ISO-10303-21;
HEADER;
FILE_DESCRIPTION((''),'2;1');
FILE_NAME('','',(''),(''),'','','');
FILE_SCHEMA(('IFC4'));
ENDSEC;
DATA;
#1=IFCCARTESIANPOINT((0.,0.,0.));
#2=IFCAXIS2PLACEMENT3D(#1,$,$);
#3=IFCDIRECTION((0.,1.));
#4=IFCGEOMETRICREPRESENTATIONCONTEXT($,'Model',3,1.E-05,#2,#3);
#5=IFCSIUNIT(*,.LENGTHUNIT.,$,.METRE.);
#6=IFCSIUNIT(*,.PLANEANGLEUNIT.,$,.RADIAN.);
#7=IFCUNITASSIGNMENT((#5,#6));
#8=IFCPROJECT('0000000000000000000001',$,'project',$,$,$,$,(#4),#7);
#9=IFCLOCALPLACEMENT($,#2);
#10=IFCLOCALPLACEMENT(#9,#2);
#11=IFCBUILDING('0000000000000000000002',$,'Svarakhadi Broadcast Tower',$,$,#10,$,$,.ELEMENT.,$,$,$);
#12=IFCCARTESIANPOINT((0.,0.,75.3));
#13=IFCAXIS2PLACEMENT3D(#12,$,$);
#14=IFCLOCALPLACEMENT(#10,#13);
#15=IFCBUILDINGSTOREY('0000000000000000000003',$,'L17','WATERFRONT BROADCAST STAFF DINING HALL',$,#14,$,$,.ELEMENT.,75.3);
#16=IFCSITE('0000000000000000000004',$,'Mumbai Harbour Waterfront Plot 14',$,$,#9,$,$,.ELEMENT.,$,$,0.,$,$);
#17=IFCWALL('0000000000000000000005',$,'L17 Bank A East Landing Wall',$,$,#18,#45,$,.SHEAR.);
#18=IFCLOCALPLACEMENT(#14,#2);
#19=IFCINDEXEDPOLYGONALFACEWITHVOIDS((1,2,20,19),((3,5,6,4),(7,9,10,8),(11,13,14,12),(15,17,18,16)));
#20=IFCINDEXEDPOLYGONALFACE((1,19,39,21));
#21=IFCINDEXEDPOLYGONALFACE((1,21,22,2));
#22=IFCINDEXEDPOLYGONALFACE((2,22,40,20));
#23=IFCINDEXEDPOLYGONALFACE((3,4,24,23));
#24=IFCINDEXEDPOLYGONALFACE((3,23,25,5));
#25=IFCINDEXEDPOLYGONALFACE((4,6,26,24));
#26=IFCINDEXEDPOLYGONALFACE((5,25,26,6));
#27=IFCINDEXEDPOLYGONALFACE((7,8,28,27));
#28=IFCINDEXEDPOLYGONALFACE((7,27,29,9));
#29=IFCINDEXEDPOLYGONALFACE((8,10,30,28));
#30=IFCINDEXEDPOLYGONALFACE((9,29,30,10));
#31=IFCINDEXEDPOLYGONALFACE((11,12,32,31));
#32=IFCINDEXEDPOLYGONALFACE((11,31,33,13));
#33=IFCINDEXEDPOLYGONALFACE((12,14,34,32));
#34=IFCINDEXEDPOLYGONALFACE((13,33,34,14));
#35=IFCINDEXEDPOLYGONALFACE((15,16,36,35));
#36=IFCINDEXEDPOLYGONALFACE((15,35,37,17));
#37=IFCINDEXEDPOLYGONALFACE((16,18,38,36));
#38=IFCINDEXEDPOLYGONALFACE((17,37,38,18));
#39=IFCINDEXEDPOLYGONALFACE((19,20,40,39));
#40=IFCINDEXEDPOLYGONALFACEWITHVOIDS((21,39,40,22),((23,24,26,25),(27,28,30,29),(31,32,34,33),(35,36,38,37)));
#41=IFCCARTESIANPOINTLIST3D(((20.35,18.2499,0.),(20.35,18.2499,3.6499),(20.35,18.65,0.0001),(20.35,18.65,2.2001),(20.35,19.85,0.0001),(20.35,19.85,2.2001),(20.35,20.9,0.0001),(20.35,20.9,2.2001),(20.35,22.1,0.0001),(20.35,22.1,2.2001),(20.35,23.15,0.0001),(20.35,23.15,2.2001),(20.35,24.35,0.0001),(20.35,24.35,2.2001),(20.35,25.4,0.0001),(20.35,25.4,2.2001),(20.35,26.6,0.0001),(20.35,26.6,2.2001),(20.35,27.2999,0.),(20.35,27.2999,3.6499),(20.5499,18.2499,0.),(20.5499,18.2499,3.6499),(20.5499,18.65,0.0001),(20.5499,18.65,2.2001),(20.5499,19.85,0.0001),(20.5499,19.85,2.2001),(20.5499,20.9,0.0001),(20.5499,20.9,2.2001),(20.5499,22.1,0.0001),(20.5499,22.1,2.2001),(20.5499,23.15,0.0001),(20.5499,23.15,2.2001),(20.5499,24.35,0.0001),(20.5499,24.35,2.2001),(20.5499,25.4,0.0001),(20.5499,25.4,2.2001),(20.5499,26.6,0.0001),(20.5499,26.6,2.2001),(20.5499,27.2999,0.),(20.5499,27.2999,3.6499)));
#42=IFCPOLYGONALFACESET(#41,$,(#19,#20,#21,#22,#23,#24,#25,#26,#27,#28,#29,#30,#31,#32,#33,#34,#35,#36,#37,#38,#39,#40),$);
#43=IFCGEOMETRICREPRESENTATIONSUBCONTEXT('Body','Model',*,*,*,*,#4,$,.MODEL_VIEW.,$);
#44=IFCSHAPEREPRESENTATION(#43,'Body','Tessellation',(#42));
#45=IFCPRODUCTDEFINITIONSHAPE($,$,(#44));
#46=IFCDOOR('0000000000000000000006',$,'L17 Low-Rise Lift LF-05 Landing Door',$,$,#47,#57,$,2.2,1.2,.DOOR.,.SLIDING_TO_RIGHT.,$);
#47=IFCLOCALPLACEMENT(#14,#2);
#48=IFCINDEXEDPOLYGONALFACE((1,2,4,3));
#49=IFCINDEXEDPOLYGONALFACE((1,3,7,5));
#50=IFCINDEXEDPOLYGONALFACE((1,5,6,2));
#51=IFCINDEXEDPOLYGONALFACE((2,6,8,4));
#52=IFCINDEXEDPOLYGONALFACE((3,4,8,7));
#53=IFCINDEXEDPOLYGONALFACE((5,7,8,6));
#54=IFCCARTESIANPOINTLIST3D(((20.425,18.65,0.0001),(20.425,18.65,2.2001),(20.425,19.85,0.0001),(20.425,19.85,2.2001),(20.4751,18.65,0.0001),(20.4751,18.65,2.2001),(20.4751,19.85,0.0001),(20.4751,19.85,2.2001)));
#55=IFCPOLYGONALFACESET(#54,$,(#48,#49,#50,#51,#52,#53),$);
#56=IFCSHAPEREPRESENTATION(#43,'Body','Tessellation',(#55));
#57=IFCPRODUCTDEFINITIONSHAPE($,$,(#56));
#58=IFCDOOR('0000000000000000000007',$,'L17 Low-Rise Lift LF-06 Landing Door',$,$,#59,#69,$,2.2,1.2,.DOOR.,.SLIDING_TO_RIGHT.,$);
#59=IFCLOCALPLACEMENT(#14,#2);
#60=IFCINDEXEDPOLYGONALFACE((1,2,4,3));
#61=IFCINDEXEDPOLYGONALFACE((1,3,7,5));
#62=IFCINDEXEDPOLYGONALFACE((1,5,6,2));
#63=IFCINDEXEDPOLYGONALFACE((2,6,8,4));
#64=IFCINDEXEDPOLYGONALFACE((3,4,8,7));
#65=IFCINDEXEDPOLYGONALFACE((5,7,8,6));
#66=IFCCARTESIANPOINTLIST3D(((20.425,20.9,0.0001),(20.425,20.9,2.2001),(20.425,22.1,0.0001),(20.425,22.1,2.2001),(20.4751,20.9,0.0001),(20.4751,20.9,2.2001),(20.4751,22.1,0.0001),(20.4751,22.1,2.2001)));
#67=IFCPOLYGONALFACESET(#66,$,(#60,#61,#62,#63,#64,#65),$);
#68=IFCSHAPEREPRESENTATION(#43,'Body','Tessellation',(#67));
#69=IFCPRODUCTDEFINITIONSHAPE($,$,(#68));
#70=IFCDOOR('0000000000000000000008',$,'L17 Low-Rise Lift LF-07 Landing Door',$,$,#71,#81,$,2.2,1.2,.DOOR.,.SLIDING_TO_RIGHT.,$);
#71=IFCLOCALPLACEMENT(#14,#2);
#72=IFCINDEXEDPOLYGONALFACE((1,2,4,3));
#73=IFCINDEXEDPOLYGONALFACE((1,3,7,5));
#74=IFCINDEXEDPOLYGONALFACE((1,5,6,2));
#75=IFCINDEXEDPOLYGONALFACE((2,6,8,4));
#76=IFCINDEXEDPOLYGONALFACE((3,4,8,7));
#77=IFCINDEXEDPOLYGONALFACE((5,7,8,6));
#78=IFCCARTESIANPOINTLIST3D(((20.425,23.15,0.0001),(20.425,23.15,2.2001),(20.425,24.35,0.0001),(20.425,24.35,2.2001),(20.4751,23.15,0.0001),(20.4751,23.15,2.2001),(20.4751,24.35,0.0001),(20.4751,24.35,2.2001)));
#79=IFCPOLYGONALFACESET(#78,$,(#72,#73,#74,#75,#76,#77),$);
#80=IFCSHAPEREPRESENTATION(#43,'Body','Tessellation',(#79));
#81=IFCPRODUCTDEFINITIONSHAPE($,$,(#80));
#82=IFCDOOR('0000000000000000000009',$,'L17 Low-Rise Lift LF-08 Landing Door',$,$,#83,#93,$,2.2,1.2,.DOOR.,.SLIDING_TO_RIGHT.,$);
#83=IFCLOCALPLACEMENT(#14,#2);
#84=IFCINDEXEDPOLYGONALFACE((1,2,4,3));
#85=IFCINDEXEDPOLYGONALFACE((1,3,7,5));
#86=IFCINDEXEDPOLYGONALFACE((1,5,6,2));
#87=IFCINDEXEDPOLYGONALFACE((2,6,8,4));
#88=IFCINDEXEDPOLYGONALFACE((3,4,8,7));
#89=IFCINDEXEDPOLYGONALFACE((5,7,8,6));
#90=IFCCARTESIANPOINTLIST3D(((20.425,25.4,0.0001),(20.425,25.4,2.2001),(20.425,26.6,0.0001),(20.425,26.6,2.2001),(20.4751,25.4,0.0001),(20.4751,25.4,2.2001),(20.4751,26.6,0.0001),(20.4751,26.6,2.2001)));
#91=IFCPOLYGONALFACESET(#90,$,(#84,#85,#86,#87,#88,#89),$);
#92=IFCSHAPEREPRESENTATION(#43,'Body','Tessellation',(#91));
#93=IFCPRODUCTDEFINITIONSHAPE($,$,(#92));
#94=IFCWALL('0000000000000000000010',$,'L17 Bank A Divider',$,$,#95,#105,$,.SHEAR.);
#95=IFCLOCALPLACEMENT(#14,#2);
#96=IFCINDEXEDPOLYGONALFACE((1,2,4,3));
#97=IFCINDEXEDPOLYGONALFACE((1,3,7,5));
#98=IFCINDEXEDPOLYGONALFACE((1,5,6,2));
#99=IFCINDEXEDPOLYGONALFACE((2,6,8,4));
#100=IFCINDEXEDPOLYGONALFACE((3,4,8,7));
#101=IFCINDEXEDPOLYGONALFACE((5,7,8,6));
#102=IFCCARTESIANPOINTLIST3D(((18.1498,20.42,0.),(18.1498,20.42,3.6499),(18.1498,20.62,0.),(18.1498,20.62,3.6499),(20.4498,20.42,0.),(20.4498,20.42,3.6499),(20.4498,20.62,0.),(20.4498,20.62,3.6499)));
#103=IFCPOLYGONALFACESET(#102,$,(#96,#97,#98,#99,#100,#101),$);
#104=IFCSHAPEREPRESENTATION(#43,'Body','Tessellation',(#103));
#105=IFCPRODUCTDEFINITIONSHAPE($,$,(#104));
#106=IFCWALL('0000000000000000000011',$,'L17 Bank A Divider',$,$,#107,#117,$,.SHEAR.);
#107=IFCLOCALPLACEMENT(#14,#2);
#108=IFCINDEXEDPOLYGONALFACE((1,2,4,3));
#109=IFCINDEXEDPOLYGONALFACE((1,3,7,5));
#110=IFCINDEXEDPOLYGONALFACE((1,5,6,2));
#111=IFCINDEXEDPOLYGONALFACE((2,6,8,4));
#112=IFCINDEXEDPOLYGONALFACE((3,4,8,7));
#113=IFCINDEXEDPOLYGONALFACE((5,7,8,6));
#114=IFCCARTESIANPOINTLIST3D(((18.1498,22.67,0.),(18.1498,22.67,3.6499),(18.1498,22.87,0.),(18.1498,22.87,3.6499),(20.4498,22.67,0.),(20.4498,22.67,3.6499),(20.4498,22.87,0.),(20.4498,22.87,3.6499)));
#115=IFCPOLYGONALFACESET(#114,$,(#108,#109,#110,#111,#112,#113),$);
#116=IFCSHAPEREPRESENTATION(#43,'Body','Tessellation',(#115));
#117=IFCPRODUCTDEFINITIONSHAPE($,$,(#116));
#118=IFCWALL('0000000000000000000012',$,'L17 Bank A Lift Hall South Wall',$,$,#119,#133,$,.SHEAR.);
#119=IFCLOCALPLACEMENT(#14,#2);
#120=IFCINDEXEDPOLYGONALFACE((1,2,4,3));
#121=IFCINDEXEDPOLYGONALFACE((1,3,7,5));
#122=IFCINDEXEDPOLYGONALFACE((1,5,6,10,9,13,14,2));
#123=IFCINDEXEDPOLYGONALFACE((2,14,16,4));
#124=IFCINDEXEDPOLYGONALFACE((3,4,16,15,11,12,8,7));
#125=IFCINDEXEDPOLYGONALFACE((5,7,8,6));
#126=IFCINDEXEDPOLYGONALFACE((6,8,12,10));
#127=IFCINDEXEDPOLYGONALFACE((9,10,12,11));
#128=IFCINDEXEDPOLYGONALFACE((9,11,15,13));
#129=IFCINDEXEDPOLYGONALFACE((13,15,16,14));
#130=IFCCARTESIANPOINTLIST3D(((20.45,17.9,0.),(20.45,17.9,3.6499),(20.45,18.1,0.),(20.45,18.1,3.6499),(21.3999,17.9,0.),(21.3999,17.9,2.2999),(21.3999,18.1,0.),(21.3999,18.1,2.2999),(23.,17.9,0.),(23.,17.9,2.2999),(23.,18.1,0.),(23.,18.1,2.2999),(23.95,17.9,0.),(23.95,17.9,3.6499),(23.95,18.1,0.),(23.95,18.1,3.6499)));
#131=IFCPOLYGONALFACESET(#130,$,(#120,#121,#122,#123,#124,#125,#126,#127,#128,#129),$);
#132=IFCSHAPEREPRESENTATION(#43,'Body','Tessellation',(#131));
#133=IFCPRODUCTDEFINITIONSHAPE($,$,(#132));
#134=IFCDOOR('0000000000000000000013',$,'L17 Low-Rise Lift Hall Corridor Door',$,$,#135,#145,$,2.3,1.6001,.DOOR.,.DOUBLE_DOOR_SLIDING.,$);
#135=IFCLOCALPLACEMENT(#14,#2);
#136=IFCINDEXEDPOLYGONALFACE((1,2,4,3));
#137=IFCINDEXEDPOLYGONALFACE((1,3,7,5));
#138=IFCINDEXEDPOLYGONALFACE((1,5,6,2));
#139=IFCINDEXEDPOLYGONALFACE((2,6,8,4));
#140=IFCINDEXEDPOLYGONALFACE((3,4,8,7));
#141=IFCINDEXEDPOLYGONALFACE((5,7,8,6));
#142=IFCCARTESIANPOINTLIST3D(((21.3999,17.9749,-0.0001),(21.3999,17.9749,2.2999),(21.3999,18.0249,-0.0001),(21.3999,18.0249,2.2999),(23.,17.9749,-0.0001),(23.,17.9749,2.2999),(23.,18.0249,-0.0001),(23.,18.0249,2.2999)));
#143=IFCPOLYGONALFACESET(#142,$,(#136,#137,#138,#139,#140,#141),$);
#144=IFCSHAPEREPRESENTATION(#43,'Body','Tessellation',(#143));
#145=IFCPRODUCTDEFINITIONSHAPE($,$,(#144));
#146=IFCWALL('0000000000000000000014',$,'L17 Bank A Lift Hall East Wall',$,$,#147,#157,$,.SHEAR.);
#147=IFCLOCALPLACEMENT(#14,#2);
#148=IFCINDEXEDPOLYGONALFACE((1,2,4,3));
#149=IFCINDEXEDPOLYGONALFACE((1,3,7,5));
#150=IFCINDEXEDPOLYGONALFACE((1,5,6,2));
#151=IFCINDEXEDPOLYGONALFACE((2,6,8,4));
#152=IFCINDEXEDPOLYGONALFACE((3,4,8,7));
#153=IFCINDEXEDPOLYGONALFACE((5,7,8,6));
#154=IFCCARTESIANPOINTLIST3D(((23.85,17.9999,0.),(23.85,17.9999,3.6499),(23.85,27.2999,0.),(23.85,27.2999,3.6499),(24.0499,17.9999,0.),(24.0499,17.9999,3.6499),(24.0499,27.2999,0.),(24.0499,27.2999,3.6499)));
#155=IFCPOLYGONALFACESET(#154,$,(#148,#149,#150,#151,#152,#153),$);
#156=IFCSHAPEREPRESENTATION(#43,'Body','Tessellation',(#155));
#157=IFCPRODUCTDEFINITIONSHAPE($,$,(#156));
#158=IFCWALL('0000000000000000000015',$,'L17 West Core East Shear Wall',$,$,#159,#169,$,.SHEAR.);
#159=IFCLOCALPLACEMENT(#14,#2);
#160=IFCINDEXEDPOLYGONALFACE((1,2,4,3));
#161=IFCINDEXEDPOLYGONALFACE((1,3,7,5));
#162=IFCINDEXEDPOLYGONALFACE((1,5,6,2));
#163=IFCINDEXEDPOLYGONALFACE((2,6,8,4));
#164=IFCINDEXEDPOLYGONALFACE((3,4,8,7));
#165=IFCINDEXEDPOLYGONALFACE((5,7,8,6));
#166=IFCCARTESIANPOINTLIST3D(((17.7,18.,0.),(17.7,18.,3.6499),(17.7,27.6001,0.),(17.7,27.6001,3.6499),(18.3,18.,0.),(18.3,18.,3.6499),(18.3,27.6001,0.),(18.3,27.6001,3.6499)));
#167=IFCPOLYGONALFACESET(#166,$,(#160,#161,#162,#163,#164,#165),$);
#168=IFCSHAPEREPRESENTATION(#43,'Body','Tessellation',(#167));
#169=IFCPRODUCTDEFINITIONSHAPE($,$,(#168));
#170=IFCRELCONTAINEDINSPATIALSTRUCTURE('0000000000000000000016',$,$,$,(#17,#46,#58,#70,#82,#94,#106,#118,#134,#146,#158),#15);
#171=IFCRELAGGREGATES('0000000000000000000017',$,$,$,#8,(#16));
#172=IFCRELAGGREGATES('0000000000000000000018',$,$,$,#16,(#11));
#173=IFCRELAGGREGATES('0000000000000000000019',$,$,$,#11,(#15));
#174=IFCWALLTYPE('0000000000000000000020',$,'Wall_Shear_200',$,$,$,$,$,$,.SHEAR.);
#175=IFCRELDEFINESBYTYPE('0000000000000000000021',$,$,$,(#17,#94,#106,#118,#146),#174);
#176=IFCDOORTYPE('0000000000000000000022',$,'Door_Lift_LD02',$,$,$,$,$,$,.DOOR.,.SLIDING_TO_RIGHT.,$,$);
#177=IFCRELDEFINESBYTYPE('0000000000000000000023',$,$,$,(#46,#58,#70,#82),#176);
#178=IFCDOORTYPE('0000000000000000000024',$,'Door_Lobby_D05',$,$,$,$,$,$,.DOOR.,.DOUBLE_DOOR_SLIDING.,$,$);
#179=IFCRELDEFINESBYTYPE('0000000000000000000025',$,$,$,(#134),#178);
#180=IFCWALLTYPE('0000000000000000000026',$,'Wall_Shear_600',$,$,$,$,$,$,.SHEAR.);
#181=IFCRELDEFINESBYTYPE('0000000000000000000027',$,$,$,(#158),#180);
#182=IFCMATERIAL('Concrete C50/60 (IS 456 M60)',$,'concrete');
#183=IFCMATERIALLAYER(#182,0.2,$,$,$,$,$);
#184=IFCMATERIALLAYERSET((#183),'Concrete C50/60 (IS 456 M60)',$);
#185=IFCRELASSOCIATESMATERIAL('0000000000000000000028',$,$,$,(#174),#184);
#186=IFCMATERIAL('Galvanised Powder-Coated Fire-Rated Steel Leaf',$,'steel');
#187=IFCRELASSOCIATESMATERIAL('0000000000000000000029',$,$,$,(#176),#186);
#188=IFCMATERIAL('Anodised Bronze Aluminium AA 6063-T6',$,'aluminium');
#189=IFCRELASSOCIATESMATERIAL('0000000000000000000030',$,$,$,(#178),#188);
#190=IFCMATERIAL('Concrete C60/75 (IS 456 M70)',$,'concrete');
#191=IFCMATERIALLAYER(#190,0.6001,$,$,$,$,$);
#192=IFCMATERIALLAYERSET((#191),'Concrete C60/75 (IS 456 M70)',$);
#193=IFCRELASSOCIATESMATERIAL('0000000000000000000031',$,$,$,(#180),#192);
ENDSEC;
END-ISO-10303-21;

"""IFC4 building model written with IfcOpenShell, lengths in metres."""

from ifc_helpers import new_model, si_unit, direction, frame, frame_2d, origin, place, context, subcontext, project, spatial, rectangle, extrude, material, layer, layer_set, type_object, element, fill, save


model = new_model("IFC4")

# Units and contexts
model_context = context("Model", 3, precision=1e-05, world=origin(), true_north=direction((0.0, 1.0)))
body_context = subcontext(model_context, "Body", "Model", "MODEL_VIEW")
ifc_project = project(units=[si_unit("LENGTHUNIT", "METRE"), si_unit("PLANEANGLEUNIT", "RADIAN")], contexts=[model_context])

# Site, building, storey
site_placement = place(None, origin())
site = spatial("IfcSite", under=ifc_project, at=site_placement, Name="Mumbai Harbour Waterfront Plot 14", CompositionType="ELEMENT", RefElevation=0.0)
building_placement = place(site_placement, origin())
building = spatial("IfcBuilding", under=site, at=building_placement, Name="Svarakhadi Broadcast Tower", CompositionType="ELEMENT")
storey_placement = place(building_placement, frame((0.0, 0.0, 75.3)))
storey = spatial("IfcBuildingStorey", under=building, at=storey_placement, Name="L17", Description="WATERFRONT BROADCAST STAFF DINING HALL", CompositionType="ELEMENT", Elevation=75.3)

# Shared definitions
ifc_material_1 = material(Name="Concrete C60/75 (IS 456 M70)", Category="concrete")

# Shared definitions
ifc_material_2 = material(Name="Anodised Bronze Aluminium AA 6063-T6", Category="aluminium")

# Shared definitions
ifc_material_3 = material(Name="Concrete C50/60 (IS 456 M60)", Category="concrete")
ifc_layer_1 = layer(ifc_material_3, 0.2)
ifc_layer_set_1 = layer_set([ifc_layer_1], Name="Concrete C50/60 (IS 456 M60)")
wall_type_1 = type_object("IfcWallType", Name="Wall_Shear_200", PredefinedType="SHEAR", material=ifc_layer_set_1)

# Wall, openings, doors
wall_1_placement = place(storey_placement, frame((20.45, 18.25, 0.0), z_axis=(0.0, 0.0, 1.0), x_axis=(0.0, 1.0, 0.0)))
wall_1 = element("IfcWall", 1, at=wall_1_placement, inside=storey, type_object=wall_type_1, Name="L17 Bank A East Landing Wall", PredefinedType="SHEAR", context=body_context, shape_type="SweptSolid", body=[
    extrude(rectangle(XDim=9.05, YDim=0.2, at=frame_2d((4.5249, 0.0))), origin(), (0.0, 0.0, 1.0), 3.6499),
])
opening_1_placement = place(wall_1_placement, frame((0.3999, 0.0, 0.0)))
opening_1 = element("IfcOpeningElement", 2, at=opening_1_placement, cuts=wall_1, PredefinedType="OPENING", context=body_context, shape_type="SweptSolid", body=[
    extrude(rectangle(XDim=1.2, YDim=2.2, at=frame_2d((0.6001, 1.1001))), frame((0.0, 0.1099, 0.0), z_axis=(0.0, -1.0, 0.0), x_axis=(1.0, 0.0, 0.0)), (0.0, 0.0, 1.0), 0.22),
])
opening_2_placement = place(wall_1_placement, frame((2.6499, 0.0, 0.0)))
opening_2 = element("IfcOpeningElement", 3, at=opening_2_placement, cuts=wall_1, PredefinedType="OPENING", context=body_context, shape_type="SweptSolid", body=[
    extrude(rectangle(XDim=1.2, YDim=2.2, at=frame_2d((0.6001, 1.1001))), frame((0.0, 0.1099, 0.0), z_axis=(0.0, -1.0, 0.0), x_axis=(1.0, 0.0, 0.0)), (0.0, 0.0, 1.0), 0.22),
])
opening_3_placement = place(wall_1_placement, frame((4.8999, 0.0, 0.0)))
opening_3 = element("IfcOpeningElement", 4, at=opening_3_placement, cuts=wall_1, PredefinedType="OPENING", context=body_context, shape_type="SweptSolid", body=[
    extrude(rectangle(XDim=1.2, YDim=2.2, at=frame_2d((0.6001, 1.1001))), frame((0.0, 0.1099, 0.0), z_axis=(0.0, -1.0, 0.0), x_axis=(1.0, 0.0, 0.0)), (0.0, 0.0, 1.0), 0.22),
])
opening_4_placement = place(wall_1_placement, frame((7.1499, 0.0, 0.0)))
opening_4 = element("IfcOpeningElement", 5, at=opening_4_placement, cuts=wall_1, PredefinedType="OPENING", context=body_context, shape_type="SweptSolid", body=[
    extrude(rectangle(XDim=1.2, YDim=2.2, at=frame_2d((0.6001, 1.1001))), frame((0.0, 0.1099, 0.0), z_axis=(0.0, -1.0, 0.0), x_axis=(1.0, 0.0, 0.0)), (0.0, 0.0, 1.0), 0.22),
])
ifc_material_4 = material(Name="Galvanised Powder-Coated Fire-Rated Steel Leaf", Category="steel")
door_type_1 = type_object("IfcDoorType", Name="Door_Lift_LD02", OperationType="SLIDING_TO_RIGHT", PredefinedType="DOOR", material=ifc_material_4)
door_1_placement = place(opening_1_placement, origin())
door_1 = element("IfcDoor", 6, at=door_1_placement, inside=storey, type_object=door_type_1, Name="L17 Low-Rise Lift LF-05 Landing Door", OperationType="SLIDING_TO_RIGHT", OverallHeight=2.2, OverallWidth=1.2, PredefinedType="DOOR", context=body_context, shape_type="SweptSolid", body=[
    extrude(rectangle(XDim=1.2, YDim=2.2, at=frame_2d((0.6001, 1.1001))), frame((0.0, 0.0249, 0.0), z_axis=(0.0, -1.0, 0.0), x_axis=(1.0, 0.0, 0.0)), (0.0, 0.0, 1.0), 0.05),
])
fill(opening_1, door_1)
door_2_placement = place(opening_2_placement, origin())
door_2 = element("IfcDoor", 7, at=door_2_placement, inside=storey, type_object=door_type_1, Name="L17 Low-Rise Lift LF-06 Landing Door", OperationType="SLIDING_TO_RIGHT", OverallHeight=2.2, OverallWidth=1.2, PredefinedType="DOOR", context=body_context, shape_type="SweptSolid", body=[
    extrude(rectangle(XDim=1.2, YDim=2.2, at=frame_2d((0.6001, 1.1001))), frame((0.0, 0.0249, 0.0), z_axis=(0.0, -1.0, 0.0), x_axis=(1.0, 0.0, 0.0)), (0.0, 0.0, 1.0), 0.05),
])
fill(opening_2, door_2)
door_3_placement = place(opening_3_placement, origin())
door_3 = element("IfcDoor", 8, at=door_3_placement, inside=storey, type_object=door_type_1, Name="L17 Low-Rise Lift LF-07 Landing Door", OperationType="SLIDING_TO_RIGHT", OverallHeight=2.2, OverallWidth=1.2, PredefinedType="DOOR", context=body_context, shape_type="SweptSolid", body=[
    extrude(rectangle(XDim=1.2, YDim=2.2, at=frame_2d((0.6001, 1.1001))), frame((0.0, 0.0249, 0.0), z_axis=(0.0, -1.0, 0.0), x_axis=(1.0, 0.0, 0.0)), (0.0, 0.0, 1.0), 0.05),
])
fill(opening_3, door_3)
door_4_placement = place(opening_4_placement, origin())
door_4 = element("IfcDoor", 9, at=door_4_placement, inside=storey, type_object=door_type_1, Name="L17 Low-Rise Lift LF-08 Landing Door", OperationType="SLIDING_TO_RIGHT", OverallHeight=2.2, OverallWidth=1.2, PredefinedType="DOOR", context=body_context, shape_type="SweptSolid", body=[
    extrude(rectangle(XDim=1.2, YDim=2.2, at=frame_2d((0.6001, 1.1001))), frame((0.0, 0.0249, 0.0), z_axis=(0.0, -1.0, 0.0), x_axis=(1.0, 0.0, 0.0)), (0.0, 0.0, 1.0), 0.05),
])
fill(opening_4, door_4)

# Walls
for number, where, z_axis, x_axis, name in (
    (10, (18.1499, 20.52, 0.0), (0.0, 0.0, 1.0), (1.0, 0.0, 0.0), "L17 Bank A Divider"),
    (11, (18.1499, 22.77, 0.0), (0.0, 0.0, 1.0), (1.0, 0.0, 0.0), "L17 Bank A Divider"),
):
    element("IfcWall", number, at=place(storey_placement, frame(where, z_axis=z_axis, x_axis=x_axis)), inside=storey, type_object=wall_type_1, Name=name, PredefinedType="SHEAR", context=body_context, shape_type="SweptSolid", body=[
        extrude(rectangle(XDim=2.3, YDim=0.2, at=frame_2d((1.1499, 0.0))), origin(), (0.0, 0.0, 1.0), 3.6499),
    ])

# Wall, opening, door
wall_2_placement = place(storey_placement, frame((20.45, 18.0, 0.0), z_axis=(0.0, 0.0, 1.0), x_axis=(1.0, 0.0, 0.0)))
wall_2 = element("IfcWall", 12, at=wall_2_placement, inside=storey, type_object=wall_type_1, Name="L17 Bank A Lift Hall South Wall", PredefinedType="SHEAR", context=body_context, shape_type="SweptSolid", body=[
    extrude(rectangle(XDim=3.5, YDim=0.2, at=frame_2d((1.75, 0.0))), origin(), (0.0, 0.0, 1.0), 3.6499),
])
opening_5_placement = place(wall_2_placement, frame((0.95, 0.0, 0.0)))
opening_5 = element("IfcOpeningElement", 13, at=opening_5_placement, cuts=wall_2, PredefinedType="OPENING", context=body_context, shape_type="SweptSolid", body=[
    extrude(rectangle(XDim=1.6001, YDim=2.3, at=frame_2d((0.8, 1.1499))), frame((0.0, 0.1099, 0.0), z_axis=(0.0, -1.0, 0.0), x_axis=(1.0, 0.0, 0.0)), (0.0, 0.0, 1.0), 0.22),
])
door_type_2 = type_object("IfcDoorType", Name="Door_Lobby_D05", OperationType="DOUBLE_DOOR_SLIDING", PredefinedType="DOOR", material=ifc_material_2)
door_5_placement = place(opening_5_placement, origin())
door_5 = element("IfcDoor", 14, at=door_5_placement, inside=storey, type_object=door_type_2, Name="L17 Low-Rise Lift Hall Corridor Door", OperationType="DOUBLE_DOOR_SLIDING", OverallHeight=2.3, OverallWidth=1.6001, PredefinedType="DOOR", context=body_context, shape_type="SweptSolid", body=[
    extrude(rectangle(XDim=1.6001, YDim=2.3, at=frame_2d((0.8, 1.1499))), frame((0.0, 0.0249, 0.0), z_axis=(0.0, -1.0, 0.0), x_axis=(1.0, 0.0, 0.0)), (0.0, 0.0, 1.0), 0.05),
])
fill(opening_5, door_5)

# Walls
wall_3_placement = place(storey_placement, frame((23.95, 18.0, 0.0), z_axis=(0.0, 0.0, 1.0), x_axis=(0.0, 1.0, 0.0)))
element("IfcWall", 15, at=wall_3_placement, inside=storey, type_object=wall_type_1, Name="L17 Bank A Lift Hall East Wall", PredefinedType="SHEAR", context=body_context, shape_type="SweptSolid", body=[
    extrude(rectangle(XDim=9.3, YDim=0.2, at=frame_2d((4.6499, 0.0))), origin(), (0.0, 0.0, 1.0), 3.6499),
])
ifc_layer_2 = layer(ifc_material_1, 0.6001)
ifc_layer_set_2 = layer_set([ifc_layer_2], Name="Concrete C60/75 (IS 456 M70)")
wall_type_2 = type_object("IfcWallType", Name="Wall_Shear_600", PredefinedType="SHEAR", material=ifc_layer_set_2)
for number, where, z_axis, x_axis, name in (
    (16, (18.0, 18.0, 0.0), (0.0, 0.0, 1.0), (0.0, 1.0, 0.0), "L17 West Core East Shear Wall"),
):
    element("IfcWall", number, at=place(storey_placement, frame(where, z_axis=z_axis, x_axis=x_axis)), inside=storey, type_object=wall_type_2, Name=name, PredefinedType="SHEAR", context=body_context, shape_type="SweptSolid", body=[
        extrude(rectangle(XDim=9.6001, YDim=0.6001, at=frame_2d((4.8, 0.0))), origin(), (0.0, 0.0, 1.0), 3.6499),
    ])

save(model, "model.ifc")
